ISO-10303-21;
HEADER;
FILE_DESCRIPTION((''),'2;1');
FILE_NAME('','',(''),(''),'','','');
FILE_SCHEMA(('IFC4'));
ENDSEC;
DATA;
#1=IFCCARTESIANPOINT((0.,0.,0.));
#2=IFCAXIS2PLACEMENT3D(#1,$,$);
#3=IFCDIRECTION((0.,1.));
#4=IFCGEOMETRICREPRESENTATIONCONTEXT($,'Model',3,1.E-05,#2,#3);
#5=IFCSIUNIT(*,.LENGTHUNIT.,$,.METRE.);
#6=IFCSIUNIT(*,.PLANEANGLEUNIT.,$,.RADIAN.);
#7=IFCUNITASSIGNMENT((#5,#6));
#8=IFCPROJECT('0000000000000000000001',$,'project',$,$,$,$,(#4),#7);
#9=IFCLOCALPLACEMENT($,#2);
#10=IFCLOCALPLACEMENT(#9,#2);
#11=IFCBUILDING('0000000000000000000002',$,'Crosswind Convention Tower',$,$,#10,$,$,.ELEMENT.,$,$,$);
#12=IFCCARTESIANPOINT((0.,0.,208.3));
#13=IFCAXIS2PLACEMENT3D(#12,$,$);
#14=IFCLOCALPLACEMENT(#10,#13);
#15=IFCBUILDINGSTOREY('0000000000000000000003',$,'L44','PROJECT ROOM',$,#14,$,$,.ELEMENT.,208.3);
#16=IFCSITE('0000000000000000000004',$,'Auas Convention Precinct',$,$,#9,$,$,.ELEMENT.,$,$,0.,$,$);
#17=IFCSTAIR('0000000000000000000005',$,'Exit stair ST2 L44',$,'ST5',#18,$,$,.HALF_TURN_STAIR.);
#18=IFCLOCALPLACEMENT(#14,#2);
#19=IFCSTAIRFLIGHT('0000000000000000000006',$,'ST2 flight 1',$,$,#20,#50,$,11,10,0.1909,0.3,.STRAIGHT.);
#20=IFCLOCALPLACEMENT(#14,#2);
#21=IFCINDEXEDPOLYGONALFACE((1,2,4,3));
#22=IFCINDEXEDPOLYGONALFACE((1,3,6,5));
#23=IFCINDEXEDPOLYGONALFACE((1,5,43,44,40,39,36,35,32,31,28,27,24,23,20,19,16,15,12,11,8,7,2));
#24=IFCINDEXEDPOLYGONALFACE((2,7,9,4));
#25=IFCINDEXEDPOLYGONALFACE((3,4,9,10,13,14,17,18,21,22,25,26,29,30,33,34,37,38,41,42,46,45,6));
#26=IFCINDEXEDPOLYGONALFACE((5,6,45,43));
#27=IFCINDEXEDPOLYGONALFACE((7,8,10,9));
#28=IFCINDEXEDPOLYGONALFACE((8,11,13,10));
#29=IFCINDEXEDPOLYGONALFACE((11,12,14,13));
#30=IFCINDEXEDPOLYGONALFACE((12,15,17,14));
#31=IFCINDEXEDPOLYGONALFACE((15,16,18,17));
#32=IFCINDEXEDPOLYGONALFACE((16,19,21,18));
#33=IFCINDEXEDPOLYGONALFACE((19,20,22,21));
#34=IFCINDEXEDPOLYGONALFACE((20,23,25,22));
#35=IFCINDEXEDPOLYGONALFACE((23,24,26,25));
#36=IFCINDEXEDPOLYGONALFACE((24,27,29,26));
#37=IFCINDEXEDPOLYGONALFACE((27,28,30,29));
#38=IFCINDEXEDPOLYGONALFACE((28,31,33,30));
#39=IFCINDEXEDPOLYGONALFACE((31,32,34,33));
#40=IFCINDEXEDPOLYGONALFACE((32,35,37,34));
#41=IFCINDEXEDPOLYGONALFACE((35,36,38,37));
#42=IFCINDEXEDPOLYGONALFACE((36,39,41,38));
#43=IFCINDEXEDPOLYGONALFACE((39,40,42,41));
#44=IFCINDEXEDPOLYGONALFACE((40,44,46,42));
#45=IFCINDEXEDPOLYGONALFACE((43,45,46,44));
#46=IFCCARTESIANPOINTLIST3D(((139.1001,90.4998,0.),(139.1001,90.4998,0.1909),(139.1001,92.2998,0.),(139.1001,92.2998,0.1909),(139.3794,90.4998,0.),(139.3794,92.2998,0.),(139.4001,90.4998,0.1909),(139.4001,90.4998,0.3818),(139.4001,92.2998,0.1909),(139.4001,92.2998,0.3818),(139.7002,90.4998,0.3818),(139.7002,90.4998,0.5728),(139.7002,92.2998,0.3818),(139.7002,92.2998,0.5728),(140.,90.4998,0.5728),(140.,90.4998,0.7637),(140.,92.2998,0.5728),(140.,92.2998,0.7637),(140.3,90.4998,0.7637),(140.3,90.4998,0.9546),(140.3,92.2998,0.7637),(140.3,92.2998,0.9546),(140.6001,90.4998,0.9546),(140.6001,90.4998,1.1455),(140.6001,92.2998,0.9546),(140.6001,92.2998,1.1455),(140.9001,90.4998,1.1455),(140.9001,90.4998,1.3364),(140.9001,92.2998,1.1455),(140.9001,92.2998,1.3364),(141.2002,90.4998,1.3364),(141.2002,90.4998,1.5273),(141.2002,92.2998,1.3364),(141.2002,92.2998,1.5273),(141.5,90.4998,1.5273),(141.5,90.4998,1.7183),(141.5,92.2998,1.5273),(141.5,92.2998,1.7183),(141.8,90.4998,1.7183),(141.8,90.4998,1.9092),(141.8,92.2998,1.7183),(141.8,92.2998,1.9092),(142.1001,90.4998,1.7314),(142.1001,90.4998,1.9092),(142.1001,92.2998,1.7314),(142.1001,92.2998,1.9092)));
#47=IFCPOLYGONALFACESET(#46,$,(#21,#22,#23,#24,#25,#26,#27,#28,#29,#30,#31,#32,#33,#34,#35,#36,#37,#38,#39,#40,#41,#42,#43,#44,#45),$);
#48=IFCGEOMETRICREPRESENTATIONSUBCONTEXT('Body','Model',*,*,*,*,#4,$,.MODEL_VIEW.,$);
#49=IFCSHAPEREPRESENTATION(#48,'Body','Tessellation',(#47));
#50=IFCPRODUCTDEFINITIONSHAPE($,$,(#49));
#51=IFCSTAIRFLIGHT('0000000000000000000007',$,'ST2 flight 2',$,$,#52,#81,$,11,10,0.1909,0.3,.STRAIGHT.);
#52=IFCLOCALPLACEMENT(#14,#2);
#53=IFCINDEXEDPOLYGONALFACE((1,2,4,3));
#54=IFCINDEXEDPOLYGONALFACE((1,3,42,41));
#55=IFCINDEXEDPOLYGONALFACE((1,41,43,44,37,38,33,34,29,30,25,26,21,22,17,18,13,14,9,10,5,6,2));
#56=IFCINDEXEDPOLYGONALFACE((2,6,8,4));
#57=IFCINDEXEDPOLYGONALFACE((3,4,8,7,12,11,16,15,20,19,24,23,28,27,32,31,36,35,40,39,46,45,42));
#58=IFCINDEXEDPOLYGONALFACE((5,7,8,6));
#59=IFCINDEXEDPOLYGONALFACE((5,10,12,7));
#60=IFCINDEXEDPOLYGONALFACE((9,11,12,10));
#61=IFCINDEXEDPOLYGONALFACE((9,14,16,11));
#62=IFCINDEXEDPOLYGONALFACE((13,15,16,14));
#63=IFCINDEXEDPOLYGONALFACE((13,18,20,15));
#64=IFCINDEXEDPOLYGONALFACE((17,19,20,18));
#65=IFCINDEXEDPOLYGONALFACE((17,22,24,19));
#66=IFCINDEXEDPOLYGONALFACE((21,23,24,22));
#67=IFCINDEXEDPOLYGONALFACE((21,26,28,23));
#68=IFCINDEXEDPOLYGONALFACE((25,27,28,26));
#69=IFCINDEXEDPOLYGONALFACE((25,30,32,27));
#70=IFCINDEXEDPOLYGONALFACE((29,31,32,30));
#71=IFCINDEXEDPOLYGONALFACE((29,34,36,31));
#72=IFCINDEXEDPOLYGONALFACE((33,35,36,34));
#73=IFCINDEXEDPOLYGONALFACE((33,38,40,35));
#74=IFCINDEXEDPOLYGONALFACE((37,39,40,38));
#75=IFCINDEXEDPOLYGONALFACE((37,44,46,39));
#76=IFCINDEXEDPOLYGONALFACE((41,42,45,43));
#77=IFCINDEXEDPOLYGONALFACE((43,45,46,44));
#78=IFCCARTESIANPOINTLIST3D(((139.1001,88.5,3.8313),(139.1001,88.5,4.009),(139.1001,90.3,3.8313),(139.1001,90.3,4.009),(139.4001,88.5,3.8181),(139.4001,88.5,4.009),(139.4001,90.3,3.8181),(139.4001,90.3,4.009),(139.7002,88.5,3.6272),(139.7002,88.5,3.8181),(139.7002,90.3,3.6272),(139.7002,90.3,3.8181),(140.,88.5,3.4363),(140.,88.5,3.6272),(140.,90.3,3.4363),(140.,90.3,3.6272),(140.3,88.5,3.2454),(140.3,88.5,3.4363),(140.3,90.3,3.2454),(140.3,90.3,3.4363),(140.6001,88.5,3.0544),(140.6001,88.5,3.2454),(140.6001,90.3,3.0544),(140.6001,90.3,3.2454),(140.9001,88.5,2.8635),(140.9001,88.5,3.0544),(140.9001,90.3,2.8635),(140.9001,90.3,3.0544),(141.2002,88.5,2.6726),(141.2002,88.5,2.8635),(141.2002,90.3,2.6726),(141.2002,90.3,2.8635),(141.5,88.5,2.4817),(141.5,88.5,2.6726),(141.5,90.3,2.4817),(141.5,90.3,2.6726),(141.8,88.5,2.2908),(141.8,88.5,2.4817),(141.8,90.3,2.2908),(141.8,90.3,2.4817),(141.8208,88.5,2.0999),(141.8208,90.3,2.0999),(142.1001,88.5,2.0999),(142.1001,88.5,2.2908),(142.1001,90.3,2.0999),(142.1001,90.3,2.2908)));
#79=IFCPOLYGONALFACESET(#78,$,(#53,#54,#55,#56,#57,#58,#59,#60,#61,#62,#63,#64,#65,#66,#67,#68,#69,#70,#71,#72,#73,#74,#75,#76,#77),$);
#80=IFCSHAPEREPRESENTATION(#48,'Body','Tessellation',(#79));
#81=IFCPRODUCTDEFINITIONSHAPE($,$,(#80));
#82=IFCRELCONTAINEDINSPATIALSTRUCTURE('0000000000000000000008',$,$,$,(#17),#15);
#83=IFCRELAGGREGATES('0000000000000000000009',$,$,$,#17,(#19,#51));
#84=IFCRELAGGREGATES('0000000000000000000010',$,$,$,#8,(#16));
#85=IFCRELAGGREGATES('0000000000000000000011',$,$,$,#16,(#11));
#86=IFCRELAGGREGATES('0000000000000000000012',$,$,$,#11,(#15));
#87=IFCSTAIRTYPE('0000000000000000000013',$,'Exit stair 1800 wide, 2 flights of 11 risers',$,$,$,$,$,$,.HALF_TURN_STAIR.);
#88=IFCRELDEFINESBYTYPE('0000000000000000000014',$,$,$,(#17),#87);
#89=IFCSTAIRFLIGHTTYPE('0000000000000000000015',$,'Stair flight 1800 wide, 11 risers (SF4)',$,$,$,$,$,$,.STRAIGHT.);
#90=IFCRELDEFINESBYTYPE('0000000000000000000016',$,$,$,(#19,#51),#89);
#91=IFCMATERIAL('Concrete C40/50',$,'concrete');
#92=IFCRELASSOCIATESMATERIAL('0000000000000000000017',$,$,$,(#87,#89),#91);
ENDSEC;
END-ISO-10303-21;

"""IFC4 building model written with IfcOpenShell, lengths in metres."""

from ifc_helpers import new_model, si_unit, direction, frame, origin, place, context, subcontext, project, spatial, polyline, outline, extrude, material, type_object, element, aggregate, save


model = new_model("IFC4")

# Units and contexts
model_context = context("Model", 3, precision=1e-05, world=origin(), true_north=direction((0.0, 1.0)))
body_context = subcontext(model_context, "Body", "Model", "MODEL_VIEW")
ifc_project = project(units=[si_unit("LENGTHUNIT", "METRE"), si_unit("PLANEANGLEUNIT", "RADIAN")], contexts=[model_context])

# Site, building, storey
site_placement = place(None, origin())
site = spatial("IfcSite", under=ifc_project, at=site_placement, Name="Auas Convention Precinct", CompositionType="ELEMENT", RefElevation=0.0)
building_placement = place(site_placement, origin())
building = spatial("IfcBuilding", under=site, at=building_placement, Name="Crosswind Convention Tower", CompositionType="ELEMENT")
storey_placement = place(building_placement, frame((0.0, 0.0, 208.3)))
storey = spatial("IfcBuildingStorey", under=building, at=storey_placement, Name="L44", Description="PROJECT ROOM", CompositionType="ELEMENT", Elevation=208.3)

# Stair, stair flights
ifc_material_1 = material(Name="Concrete C40/50", Category="concrete")
stair_type = type_object("IfcStairType", Name="Exit stair 1800 wide, 2 flights of 11 risers", PredefinedType="HALF_TURN_STAIR", material=ifc_material_1)
stair_placement = place(storey_placement, origin())
stair = element("IfcStair", 1, at=stair_placement, inside=storey, type_object=stair_type, Name="Exit stair ST2 L44", ObjectType="ST5", PredefinedType="HALF_TURN_STAIR")
stair_flight_type = type_object("IfcStairFlightType", Name="Stair flight 1800 wide, 11 risers (SF4)", PredefinedType="STRAIGHT", material=ifc_material_1)
stair_flight_1_placement = place(storey_placement, frame((139.1001, 91.3999, 0.0), z_axis=(0.0, 0.0, 1.0), x_axis=(1.0, 0.0, 0.0)))
stair_flight_1 = element("IfcStairFlight", 2, at=stair_flight_1_placement, type_object=stair_flight_type, Name="ST2 flight 1", NumberOfRisers=11, NumberOfTreads=10, PredefinedType="STRAIGHT", RiserHeight=0.1909, TreadLength=0.3, context=body_context, shape_type="SweptSolid", body=[
    extrude(outline(polyline([(0.0, 0.0), (0.0, 0.1909), (0.3, 0.1909), (0.3, 0.3818), (0.6001, 0.3818), (0.6001, 0.5728), (0.8999, 0.5728), (0.8999, 0.7637), (1.2, 0.7637), (1.2, 0.9546), (1.5, 0.9546), (1.5, 1.1455), (1.8, 1.1455), (1.8, 1.3364), (2.1001, 1.3364), (2.1001, 1.5273), (2.3999, 1.5273), (2.3999, 1.7183), (2.7, 1.7183), (2.7, 1.9092), (3.0, 1.9092), (3.0, 2.1001), (3.0, 1.7314), (0.2793, 0.0), (0.0, 0.0)])), frame((0.0, 0.8999, 0.0), z_axis=(0.0, -1.0, 0.0), x_axis=(1.0, 0.0, 0.0)), (0.0, 0.0, 1.0), 1.8),
])
stair_flight_2_placement = place(storey_placement, frame((142.1001, 89.3999, 2.0999), z_axis=(0.0, 0.0, 1.0), x_axis=(-1.0, 0.0, 0.0)))
stair_flight_2 = element("IfcStairFlight", 3, at=stair_flight_2_placement, type_object=stair_flight_type, Name="ST2 flight 2", NumberOfRisers=11, NumberOfTreads=10, PredefinedType="STRAIGHT", RiserHeight=0.1909, TreadLength=0.3, context=body_context, shape_type="SweptSolid", body=[
    extrude(outline(polyline([(0.0, 0.0), (0.0, 0.1909), (0.3, 0.1909), (0.3, 0.3818), (0.6001, 0.3818), (0.6001, 0.5728), (0.8999, 0.5728), (0.8999, 0.7637), (1.2, 0.7637), (1.2, 0.9546), (1.5, 0.9546), (1.5, 1.1455), (1.8, 1.1455), (1.8, 1.3364), (2.1001, 1.3364), (2.1001, 1.5273), (2.3999, 1.5273), (2.3999, 1.7183), (2.7, 1.7183), (2.7, 1.9092), (3.0, 1.9092), (3.0, 2.1001), (3.0, 1.7314), (0.2793, 0.0), (0.0, 0.0)])), frame((0.0, 0.8999, 0.0), z_axis=(0.0, -1.0, 0.0), x_axis=(1.0, 0.0, 0.0)), (0.0, 0.0, 1.0), 1.8),
])
aggregate(stair, [stair_flight_1, stair_flight_2])

save(model, "model.ifc")
